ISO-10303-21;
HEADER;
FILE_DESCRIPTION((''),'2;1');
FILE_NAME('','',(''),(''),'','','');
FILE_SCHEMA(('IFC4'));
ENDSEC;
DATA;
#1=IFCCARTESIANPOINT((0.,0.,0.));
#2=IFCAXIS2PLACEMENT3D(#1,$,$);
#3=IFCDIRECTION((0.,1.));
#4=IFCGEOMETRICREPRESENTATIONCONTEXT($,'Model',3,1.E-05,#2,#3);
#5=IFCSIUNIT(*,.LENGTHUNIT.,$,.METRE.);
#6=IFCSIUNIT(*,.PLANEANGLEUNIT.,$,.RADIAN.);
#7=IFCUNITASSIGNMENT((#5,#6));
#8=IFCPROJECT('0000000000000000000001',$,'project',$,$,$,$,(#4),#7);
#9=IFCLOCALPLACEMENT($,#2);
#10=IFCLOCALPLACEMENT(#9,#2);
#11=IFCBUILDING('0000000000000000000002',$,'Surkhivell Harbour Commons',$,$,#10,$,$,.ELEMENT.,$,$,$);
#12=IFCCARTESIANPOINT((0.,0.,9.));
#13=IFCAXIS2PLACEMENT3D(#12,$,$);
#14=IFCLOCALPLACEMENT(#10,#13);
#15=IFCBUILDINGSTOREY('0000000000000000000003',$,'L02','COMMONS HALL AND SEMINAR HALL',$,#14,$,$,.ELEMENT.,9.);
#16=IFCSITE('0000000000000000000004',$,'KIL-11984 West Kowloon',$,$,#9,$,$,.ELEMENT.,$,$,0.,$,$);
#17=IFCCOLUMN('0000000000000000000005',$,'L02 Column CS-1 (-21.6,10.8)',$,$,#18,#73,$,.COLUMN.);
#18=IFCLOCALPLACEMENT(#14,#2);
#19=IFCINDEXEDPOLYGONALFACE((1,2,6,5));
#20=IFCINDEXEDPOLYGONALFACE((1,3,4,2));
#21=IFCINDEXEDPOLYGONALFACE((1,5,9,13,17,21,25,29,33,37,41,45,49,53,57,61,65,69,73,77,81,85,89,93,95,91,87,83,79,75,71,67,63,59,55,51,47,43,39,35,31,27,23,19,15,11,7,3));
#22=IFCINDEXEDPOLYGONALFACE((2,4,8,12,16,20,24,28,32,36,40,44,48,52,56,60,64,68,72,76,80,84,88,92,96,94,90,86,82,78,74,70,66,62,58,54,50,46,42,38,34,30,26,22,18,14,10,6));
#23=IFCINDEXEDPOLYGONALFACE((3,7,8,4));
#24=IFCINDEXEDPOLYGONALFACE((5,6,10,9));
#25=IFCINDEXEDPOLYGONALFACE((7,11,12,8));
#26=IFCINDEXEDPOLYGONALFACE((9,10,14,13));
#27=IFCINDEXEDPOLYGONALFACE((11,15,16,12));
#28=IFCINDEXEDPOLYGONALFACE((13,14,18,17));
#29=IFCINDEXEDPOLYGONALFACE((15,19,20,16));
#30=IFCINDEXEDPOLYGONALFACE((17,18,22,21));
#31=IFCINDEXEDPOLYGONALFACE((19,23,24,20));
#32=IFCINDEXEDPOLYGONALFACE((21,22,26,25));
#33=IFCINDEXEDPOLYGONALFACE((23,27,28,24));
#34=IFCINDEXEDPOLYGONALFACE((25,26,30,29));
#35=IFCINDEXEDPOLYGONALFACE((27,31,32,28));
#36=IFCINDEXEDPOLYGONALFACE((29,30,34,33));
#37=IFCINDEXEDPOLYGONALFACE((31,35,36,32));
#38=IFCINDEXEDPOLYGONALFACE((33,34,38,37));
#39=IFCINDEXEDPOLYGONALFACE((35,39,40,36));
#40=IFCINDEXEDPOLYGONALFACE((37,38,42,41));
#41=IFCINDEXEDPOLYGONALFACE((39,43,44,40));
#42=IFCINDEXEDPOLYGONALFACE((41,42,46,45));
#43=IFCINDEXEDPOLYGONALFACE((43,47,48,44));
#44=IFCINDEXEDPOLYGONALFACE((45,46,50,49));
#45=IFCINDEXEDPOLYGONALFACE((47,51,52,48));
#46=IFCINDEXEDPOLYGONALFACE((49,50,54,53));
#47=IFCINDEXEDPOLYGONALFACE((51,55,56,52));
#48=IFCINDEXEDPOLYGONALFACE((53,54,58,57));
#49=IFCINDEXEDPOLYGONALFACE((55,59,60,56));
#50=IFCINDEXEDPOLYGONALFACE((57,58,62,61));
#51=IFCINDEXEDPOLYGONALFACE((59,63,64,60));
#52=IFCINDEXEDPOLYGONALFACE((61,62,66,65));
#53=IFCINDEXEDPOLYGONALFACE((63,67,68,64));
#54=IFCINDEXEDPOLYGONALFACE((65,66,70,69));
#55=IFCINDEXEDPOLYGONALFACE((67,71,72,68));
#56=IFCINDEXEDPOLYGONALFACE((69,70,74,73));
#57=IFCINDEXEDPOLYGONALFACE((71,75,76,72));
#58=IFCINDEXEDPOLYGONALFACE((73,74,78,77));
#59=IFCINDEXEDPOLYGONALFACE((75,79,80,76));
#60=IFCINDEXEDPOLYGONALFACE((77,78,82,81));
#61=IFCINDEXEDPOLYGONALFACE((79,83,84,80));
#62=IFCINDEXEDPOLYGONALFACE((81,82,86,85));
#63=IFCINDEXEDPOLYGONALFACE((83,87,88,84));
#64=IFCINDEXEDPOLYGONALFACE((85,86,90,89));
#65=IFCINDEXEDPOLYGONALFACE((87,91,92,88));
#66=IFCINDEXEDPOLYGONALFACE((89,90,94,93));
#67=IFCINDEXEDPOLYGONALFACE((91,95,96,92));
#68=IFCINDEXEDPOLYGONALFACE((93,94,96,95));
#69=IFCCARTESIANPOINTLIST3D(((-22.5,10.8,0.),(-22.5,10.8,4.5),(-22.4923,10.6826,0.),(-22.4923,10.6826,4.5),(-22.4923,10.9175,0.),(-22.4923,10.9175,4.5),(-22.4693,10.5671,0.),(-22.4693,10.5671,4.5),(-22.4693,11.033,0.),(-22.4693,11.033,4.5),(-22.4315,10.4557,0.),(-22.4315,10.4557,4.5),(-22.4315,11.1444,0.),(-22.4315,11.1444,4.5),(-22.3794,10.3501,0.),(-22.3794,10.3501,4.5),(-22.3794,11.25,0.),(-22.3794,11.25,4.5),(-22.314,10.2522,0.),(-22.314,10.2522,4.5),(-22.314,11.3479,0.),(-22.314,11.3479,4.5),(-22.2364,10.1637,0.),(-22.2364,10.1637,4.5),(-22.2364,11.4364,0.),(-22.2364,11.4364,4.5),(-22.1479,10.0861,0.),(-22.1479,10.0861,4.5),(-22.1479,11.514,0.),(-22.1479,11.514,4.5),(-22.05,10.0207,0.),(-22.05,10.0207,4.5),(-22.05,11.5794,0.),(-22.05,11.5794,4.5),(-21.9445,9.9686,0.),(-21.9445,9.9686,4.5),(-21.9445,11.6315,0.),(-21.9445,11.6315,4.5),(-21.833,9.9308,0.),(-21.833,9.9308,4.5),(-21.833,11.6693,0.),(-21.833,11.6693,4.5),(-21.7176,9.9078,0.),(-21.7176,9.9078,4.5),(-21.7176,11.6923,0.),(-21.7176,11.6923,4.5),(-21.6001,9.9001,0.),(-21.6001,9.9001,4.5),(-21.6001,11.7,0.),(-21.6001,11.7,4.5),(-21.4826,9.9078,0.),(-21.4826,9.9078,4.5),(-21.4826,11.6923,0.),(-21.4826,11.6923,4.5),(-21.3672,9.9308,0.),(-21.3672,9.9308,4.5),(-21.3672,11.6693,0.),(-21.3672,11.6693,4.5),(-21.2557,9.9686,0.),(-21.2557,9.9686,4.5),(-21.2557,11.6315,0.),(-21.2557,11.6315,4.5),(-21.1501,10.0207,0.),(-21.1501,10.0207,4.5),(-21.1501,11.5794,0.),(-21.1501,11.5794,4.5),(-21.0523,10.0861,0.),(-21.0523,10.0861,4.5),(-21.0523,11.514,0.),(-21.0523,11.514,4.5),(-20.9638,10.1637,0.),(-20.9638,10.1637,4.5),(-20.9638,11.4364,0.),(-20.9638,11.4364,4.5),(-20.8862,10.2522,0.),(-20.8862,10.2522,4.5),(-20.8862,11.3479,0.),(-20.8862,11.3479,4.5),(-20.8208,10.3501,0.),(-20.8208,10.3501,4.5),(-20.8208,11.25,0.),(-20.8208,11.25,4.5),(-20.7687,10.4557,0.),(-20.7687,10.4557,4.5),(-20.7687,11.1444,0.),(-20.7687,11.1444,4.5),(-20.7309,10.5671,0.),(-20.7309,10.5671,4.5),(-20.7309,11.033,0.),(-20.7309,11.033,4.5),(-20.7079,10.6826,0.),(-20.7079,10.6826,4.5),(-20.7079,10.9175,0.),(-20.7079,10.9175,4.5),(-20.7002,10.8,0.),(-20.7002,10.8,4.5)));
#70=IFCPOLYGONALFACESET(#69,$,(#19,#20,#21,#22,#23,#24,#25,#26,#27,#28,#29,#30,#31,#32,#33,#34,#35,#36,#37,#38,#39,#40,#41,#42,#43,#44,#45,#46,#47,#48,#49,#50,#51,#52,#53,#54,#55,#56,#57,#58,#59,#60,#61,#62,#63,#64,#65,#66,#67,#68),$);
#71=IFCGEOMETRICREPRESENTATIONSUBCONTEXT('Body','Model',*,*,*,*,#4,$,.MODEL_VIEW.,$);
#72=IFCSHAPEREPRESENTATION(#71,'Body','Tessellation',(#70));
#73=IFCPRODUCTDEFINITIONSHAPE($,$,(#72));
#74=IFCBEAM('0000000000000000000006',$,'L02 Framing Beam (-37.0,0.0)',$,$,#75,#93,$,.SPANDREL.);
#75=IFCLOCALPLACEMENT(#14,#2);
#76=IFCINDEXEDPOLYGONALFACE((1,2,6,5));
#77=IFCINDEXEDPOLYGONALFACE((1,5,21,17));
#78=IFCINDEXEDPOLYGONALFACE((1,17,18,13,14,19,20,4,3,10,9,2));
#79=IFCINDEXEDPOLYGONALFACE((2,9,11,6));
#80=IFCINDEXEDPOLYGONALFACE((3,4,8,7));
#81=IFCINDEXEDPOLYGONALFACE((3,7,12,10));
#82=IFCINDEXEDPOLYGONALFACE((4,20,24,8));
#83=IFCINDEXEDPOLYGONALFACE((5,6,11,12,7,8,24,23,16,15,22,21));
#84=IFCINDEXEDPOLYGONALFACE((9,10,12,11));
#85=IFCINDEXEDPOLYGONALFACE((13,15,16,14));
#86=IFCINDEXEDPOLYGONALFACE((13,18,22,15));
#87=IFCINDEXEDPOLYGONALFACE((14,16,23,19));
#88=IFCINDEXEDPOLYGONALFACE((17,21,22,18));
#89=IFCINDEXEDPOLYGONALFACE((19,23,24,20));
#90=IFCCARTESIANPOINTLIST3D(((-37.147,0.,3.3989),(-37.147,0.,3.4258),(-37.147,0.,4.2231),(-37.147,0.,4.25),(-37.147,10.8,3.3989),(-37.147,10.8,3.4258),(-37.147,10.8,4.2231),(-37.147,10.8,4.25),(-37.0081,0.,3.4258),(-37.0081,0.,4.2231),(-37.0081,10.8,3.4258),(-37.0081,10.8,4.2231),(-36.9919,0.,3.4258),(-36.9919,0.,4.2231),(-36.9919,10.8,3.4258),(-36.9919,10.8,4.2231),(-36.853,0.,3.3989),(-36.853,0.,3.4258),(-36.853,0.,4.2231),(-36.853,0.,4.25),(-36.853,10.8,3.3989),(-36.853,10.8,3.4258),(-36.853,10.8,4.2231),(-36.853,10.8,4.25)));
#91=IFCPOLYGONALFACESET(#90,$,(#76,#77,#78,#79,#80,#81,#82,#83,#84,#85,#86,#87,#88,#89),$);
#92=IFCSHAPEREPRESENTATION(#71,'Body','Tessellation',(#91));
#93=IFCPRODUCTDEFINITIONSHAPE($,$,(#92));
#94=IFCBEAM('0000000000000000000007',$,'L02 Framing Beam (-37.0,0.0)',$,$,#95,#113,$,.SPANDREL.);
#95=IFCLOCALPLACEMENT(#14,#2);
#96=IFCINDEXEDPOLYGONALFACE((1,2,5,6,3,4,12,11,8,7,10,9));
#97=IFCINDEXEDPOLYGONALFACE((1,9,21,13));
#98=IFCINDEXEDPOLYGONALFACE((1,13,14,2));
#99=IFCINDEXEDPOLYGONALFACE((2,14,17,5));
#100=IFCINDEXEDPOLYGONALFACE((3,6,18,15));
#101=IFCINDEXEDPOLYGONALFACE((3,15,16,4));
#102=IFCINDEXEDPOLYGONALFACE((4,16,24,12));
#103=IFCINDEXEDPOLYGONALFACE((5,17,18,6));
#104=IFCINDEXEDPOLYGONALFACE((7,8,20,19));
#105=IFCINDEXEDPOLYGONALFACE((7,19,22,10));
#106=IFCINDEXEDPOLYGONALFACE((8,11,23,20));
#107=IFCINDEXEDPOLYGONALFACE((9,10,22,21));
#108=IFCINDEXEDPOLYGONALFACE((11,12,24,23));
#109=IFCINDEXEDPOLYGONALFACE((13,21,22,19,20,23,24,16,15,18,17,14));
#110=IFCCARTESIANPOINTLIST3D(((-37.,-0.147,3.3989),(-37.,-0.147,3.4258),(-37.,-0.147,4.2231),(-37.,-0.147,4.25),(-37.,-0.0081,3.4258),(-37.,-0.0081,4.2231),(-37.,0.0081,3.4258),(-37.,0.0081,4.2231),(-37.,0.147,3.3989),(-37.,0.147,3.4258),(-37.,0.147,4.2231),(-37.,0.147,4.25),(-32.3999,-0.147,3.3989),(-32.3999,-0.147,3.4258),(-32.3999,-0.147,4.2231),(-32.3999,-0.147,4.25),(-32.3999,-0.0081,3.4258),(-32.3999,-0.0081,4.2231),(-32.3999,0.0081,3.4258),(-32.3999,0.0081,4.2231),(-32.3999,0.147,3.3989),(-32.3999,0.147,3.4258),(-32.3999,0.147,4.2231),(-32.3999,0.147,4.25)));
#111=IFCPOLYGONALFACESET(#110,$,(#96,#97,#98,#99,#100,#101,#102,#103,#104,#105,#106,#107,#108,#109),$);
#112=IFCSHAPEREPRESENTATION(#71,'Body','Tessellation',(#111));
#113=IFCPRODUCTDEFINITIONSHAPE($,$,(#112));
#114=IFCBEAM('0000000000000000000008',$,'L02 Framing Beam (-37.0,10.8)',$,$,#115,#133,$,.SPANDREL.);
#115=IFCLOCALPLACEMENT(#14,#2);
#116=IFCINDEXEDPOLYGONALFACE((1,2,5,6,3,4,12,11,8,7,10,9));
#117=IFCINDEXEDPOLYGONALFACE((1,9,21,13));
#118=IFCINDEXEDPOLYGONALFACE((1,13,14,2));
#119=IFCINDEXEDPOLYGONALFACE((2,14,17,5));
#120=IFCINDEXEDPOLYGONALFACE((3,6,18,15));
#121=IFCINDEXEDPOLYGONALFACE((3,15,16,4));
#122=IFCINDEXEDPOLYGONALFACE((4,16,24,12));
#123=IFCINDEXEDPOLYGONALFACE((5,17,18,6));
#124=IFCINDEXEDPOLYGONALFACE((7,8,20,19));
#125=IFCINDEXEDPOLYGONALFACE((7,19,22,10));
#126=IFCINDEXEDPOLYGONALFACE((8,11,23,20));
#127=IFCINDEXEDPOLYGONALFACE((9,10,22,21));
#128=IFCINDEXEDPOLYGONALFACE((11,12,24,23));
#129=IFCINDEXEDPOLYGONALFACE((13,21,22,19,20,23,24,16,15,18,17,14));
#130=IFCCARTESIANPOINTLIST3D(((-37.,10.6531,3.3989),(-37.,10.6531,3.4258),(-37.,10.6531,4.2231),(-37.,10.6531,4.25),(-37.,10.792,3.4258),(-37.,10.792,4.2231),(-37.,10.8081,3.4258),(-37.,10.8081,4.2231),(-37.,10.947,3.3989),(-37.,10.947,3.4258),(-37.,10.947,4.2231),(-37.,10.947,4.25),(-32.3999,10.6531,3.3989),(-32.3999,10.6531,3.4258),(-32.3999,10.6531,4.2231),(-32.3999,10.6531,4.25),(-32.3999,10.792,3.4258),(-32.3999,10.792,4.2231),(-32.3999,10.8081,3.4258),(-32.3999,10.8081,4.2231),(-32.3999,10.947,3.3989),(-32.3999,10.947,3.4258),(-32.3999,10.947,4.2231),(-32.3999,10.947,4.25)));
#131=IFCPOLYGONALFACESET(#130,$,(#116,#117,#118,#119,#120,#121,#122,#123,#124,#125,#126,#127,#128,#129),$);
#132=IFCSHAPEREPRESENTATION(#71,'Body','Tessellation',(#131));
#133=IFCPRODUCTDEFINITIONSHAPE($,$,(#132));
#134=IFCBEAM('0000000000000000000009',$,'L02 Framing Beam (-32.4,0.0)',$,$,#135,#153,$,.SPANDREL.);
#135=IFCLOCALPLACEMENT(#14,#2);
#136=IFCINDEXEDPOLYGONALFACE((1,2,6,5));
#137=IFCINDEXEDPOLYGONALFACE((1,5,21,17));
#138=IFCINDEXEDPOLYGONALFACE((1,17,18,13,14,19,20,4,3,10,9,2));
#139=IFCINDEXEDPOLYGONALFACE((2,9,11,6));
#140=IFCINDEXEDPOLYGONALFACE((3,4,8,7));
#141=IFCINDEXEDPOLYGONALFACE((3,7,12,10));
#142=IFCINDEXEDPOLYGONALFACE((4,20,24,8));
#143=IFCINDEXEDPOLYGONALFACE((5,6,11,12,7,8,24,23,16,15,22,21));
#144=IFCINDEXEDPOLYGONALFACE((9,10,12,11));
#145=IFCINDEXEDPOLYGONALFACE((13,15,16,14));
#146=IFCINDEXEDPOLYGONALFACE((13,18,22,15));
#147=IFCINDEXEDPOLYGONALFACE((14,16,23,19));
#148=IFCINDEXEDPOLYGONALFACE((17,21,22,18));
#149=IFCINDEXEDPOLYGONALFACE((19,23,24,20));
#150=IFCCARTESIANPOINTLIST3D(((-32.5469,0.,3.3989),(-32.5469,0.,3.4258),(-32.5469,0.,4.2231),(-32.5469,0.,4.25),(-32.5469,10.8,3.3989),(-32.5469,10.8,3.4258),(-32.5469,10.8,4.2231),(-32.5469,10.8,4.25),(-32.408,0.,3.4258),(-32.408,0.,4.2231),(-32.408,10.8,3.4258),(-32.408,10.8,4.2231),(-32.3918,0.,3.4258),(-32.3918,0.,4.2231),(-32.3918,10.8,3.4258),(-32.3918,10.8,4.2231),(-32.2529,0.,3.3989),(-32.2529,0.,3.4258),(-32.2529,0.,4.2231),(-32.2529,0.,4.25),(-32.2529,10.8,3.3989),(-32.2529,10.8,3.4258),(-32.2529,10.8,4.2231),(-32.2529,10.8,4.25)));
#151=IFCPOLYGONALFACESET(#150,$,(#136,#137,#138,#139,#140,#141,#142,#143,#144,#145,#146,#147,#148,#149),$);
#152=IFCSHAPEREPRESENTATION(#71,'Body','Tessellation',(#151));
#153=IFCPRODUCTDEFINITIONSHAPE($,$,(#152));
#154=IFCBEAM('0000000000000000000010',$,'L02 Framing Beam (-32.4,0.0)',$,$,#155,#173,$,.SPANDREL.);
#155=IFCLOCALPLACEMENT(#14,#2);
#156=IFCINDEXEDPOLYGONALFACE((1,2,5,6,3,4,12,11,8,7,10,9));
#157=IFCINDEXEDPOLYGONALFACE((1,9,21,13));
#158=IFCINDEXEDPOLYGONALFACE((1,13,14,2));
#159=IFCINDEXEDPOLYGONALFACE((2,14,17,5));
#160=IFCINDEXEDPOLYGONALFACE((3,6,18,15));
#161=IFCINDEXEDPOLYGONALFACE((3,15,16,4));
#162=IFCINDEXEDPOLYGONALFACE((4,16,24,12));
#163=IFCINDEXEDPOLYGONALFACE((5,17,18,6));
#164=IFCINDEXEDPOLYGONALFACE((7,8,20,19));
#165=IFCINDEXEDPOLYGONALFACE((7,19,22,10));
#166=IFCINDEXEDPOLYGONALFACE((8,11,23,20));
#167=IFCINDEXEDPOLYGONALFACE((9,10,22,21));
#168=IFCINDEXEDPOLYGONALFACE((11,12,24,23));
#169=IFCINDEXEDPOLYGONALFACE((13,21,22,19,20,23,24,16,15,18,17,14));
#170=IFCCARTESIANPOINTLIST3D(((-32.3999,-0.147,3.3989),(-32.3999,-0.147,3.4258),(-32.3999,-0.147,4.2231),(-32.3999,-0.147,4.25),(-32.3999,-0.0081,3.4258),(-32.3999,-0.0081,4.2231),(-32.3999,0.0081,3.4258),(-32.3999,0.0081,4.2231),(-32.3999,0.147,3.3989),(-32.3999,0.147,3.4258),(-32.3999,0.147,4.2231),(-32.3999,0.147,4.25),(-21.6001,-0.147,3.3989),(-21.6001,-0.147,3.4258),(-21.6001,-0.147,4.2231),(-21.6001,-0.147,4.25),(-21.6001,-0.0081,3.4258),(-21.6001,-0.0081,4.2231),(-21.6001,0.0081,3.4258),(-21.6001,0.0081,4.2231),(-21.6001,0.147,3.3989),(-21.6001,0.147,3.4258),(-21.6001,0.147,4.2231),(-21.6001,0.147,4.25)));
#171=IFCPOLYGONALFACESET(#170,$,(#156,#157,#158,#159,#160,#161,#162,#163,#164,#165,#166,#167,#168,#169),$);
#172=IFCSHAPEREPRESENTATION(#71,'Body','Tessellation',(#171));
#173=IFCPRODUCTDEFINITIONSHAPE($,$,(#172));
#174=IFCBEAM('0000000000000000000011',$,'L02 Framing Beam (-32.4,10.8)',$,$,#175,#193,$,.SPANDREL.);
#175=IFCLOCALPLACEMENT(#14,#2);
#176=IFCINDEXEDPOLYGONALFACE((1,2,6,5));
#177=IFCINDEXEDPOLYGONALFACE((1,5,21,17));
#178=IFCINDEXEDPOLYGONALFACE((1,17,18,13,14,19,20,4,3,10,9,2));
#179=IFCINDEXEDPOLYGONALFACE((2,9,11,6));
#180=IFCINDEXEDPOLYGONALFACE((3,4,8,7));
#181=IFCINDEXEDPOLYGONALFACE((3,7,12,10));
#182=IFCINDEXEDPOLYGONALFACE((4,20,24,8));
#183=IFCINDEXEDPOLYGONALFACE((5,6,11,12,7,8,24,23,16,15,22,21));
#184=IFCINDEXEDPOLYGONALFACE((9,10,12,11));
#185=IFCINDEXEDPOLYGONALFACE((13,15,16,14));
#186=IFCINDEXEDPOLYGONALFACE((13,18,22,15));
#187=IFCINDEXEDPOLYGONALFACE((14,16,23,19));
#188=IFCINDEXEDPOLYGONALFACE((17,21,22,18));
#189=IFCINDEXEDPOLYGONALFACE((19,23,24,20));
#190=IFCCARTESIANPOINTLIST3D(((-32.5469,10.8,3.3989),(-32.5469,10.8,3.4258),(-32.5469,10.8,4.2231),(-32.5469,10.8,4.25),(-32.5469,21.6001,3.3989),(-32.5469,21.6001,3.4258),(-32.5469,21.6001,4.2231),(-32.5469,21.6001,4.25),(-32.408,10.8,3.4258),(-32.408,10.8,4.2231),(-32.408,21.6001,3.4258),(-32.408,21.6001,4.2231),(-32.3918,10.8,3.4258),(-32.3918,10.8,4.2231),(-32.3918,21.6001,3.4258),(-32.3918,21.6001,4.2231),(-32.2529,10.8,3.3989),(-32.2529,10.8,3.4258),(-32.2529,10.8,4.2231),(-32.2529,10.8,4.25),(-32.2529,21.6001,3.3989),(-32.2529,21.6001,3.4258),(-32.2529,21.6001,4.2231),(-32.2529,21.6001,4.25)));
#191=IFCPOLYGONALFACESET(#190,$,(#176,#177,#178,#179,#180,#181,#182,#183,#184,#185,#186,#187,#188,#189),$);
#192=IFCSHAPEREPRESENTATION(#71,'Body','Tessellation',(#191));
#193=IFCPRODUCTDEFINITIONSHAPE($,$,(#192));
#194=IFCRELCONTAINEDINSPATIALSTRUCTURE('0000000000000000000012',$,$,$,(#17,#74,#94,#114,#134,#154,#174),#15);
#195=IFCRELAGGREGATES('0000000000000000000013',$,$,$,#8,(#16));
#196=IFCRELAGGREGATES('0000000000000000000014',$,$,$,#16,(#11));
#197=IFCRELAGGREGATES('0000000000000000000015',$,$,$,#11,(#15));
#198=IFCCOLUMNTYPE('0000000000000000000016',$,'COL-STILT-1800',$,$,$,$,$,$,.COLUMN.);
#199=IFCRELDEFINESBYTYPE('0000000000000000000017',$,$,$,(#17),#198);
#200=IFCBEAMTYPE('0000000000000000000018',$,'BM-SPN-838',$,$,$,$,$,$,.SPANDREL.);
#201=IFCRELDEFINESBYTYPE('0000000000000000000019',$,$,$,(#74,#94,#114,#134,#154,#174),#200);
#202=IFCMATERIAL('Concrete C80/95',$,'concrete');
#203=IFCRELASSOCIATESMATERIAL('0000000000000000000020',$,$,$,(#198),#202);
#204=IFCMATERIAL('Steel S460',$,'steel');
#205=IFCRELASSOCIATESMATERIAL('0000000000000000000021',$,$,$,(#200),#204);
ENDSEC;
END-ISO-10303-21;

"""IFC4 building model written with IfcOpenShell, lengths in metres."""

from ifc_helpers import new_model, si_unit, direction, frame, origin, origin_2d, place, context, subcontext, project, spatial, circle, i_section, extrude, material, material_profile, profile_set, type_object, element, save


model = new_model("IFC4")

# Units and contexts
model_context = context("Model", 3, precision=1e-05, world=origin(), true_north=direction((0.0, 1.0)))
body_context = subcontext(model_context, "Body", "Model", "MODEL_VIEW")
ifc_project = project(units=[si_unit("LENGTHUNIT", "METRE"), si_unit("PLANEANGLEUNIT", "RADIAN")], contexts=[model_context])

# Site, building, storey
site_placement = place(None, origin())
site = spatial("IfcSite", under=ifc_project, at=site_placement, Name="KIL-11984 West Kowloon", CompositionType="ELEMENT", RefElevation=0.0)
building_placement = place(site_placement, origin())
building = spatial("IfcBuilding", under=site, at=building_placement, Name="Surkhivell Harbour Commons", CompositionType="ELEMENT")
storey_placement = place(building_placement, frame((0.0, 0.0, 9.0)))
storey = spatial("IfcBuildingStorey", under=building, at=storey_placement, Name="L02", Description="COMMONS HALL AND SEMINAR HALL", CompositionType="ELEMENT", Elevation=9.0)

# Column
ifc_material_1 = material(Name="Concrete C80/95", Category="concrete")
ifc_material_profile_1 = material_profile(ifc_material_1, circle(Radius=0.8999, at=origin_2d()), Name="RC-CIRC-1800")
ifc_profile_set_1 = profile_set([ifc_material_profile_1], Name="Concrete C80/95")
column_type_1 = type_object("IfcColumnType", Name="COL-STILT-1800", PredefinedType="COLUMN", material=ifc_profile_set_1)
for number, where, z_axis, x_axis, name in (
    (1, (-21.6001, 10.8, 0.0), (0.0, 0.0, 1.0), (1.0, 0.0, 0.0), "L02 Column CS-1 (-21.6,10.8)"),
):
    element("IfcColumn", number, at=place(storey_placement, frame(where, z_axis=z_axis, x_axis=x_axis)), inside=storey, type_object=column_type_1, Name=name, PredefinedType="COLUMN", context=body_context, shape_type="SweptSolid", body=[
        extrude(circle(Radius=0.8999, at=origin_2d()), origin(), (0.0, 0.0, 1.0), 4.5),
    ])

# Beams
ifc_material_2 = material(Name="Steel S460", Category="steel")
ifc_material_profile_2 = material_profile(ifc_material_2, i_section(OverallWidth=0.2939, OverallDepth=0.8511, WebThickness=0.0161, FlangeThickness=0.0269, at=origin_2d()), Name="UB838x292x226")
ifc_profile_set_2 = profile_set([ifc_material_profile_2], Name="Steel S460")
beam_type = type_object("IfcBeamType", Name="BM-SPN-838", PredefinedType="SPANDREL", material=ifc_profile_set_2)
beam_1_placement = place(storey_placement, frame((-37.0, 0.0, 3.8245), z_axis=(0.0, 1.0, 0.0), x_axis=(-1.0, 0.0, 0.0)))
element("IfcBeam", 2, at=beam_1_placement, inside=storey, type_object=beam_type, Name="L02 Framing Beam (-37.0,0.0)", PredefinedType="SPANDREL", context=body_context, shape_type="SweptSolid", body=[
    extrude(i_section(OverallWidth=0.2939, OverallDepth=0.8511, WebThickness=0.0161, FlangeThickness=0.0269, at=origin_2d()), origin(), (0.0, 0.0, 1.0), 10.8),
])
for number, where, z_axis, x_axis, name in (
    (3, (-37.0, 0.0, 3.8245), (1.0, 0.0, 0.0), (0.0, 1.0, 0.0), "L02 Framing Beam (-37.0,0.0)"),
    (4, (-37.0, 10.8, 3.8245), (1.0, 0.0, 0.0), (0.0, 1.0, 0.0), "L02 Framing Beam (-37.0,10.8)"),
):
    element("IfcBeam", number, at=place(storey_placement, frame(where, z_axis=z_axis, x_axis=x_axis)), inside=storey, type_object=beam_type, Name=name, PredefinedType="SPANDREL", context=body_context, shape_type="SweptSolid", body=[
        extrude(i_section(OverallWidth=0.2939, OverallDepth=0.8511, WebThickness=0.0161, FlangeThickness=0.0269, at=origin_2d()), origin(), (0.0, 0.0, 1.0), 4.6001),
    ])
beam_2_placement = place(storey_placement, frame((-32.3999, 0.0, 3.8245), z_axis=(0.0, 1.0, 0.0), x_axis=(-1.0, 0.0, 0.0)))
element("IfcBeam", 5, at=beam_2_placement, inside=storey, type_object=beam_type, Name="L02 Framing Beam (-32.4,0.0)", PredefinedType="SPANDREL", context=body_context, shape_type="SweptSolid", body=[
    extrude(i_section(OverallWidth=0.2939, OverallDepth=0.8511, WebThickness=0.0161, FlangeThickness=0.0269, at=origin_2d()), origin(), (0.0, 0.0, 1.0), 10.8),
])
beam_3_placement = place(storey_placement, frame((-32.3999, 0.0, 3.8245), z_axis=(1.0, 0.0, 0.0), x_axis=(0.0, 1.0, 0.0)))
element("IfcBeam", 6, at=beam_3_placement, inside=storey, type_object=beam_type, Name="L02 Framing Beam (-32.4,0.0)", PredefinedType="SPANDREL", context=body_context, shape_type="SweptSolid", body=[
    extrude(i_section(OverallWidth=0.2939, OverallDepth=0.8511, WebThickness=0.0161, FlangeThickness=0.0269, at=origin_2d()), origin(), (0.0, 0.0, 1.0), 10.7998),
])
beam_4_placement = place(storey_placement, frame((-32.3999, 10.8, 3.8245), z_axis=(0.0, 1.0, 0.0), x_axis=(-1.0, 0.0, 0.0)))
element("IfcBeam", 7, at=beam_4_placement, inside=storey, type_object=beam_type, Name="L02 Framing Beam (-32.4,10.8)", PredefinedType="SPANDREL", context=body_context, shape_type="SweptSolid", body=[
    extrude(i_section(OverallWidth=0.2939, OverallDepth=0.8511, WebThickness=0.0161, FlangeThickness=0.0269, at=origin_2d()), origin(), (0.0, 0.0, 1.0), 10.8),
])

save(model, "model.ifc")
